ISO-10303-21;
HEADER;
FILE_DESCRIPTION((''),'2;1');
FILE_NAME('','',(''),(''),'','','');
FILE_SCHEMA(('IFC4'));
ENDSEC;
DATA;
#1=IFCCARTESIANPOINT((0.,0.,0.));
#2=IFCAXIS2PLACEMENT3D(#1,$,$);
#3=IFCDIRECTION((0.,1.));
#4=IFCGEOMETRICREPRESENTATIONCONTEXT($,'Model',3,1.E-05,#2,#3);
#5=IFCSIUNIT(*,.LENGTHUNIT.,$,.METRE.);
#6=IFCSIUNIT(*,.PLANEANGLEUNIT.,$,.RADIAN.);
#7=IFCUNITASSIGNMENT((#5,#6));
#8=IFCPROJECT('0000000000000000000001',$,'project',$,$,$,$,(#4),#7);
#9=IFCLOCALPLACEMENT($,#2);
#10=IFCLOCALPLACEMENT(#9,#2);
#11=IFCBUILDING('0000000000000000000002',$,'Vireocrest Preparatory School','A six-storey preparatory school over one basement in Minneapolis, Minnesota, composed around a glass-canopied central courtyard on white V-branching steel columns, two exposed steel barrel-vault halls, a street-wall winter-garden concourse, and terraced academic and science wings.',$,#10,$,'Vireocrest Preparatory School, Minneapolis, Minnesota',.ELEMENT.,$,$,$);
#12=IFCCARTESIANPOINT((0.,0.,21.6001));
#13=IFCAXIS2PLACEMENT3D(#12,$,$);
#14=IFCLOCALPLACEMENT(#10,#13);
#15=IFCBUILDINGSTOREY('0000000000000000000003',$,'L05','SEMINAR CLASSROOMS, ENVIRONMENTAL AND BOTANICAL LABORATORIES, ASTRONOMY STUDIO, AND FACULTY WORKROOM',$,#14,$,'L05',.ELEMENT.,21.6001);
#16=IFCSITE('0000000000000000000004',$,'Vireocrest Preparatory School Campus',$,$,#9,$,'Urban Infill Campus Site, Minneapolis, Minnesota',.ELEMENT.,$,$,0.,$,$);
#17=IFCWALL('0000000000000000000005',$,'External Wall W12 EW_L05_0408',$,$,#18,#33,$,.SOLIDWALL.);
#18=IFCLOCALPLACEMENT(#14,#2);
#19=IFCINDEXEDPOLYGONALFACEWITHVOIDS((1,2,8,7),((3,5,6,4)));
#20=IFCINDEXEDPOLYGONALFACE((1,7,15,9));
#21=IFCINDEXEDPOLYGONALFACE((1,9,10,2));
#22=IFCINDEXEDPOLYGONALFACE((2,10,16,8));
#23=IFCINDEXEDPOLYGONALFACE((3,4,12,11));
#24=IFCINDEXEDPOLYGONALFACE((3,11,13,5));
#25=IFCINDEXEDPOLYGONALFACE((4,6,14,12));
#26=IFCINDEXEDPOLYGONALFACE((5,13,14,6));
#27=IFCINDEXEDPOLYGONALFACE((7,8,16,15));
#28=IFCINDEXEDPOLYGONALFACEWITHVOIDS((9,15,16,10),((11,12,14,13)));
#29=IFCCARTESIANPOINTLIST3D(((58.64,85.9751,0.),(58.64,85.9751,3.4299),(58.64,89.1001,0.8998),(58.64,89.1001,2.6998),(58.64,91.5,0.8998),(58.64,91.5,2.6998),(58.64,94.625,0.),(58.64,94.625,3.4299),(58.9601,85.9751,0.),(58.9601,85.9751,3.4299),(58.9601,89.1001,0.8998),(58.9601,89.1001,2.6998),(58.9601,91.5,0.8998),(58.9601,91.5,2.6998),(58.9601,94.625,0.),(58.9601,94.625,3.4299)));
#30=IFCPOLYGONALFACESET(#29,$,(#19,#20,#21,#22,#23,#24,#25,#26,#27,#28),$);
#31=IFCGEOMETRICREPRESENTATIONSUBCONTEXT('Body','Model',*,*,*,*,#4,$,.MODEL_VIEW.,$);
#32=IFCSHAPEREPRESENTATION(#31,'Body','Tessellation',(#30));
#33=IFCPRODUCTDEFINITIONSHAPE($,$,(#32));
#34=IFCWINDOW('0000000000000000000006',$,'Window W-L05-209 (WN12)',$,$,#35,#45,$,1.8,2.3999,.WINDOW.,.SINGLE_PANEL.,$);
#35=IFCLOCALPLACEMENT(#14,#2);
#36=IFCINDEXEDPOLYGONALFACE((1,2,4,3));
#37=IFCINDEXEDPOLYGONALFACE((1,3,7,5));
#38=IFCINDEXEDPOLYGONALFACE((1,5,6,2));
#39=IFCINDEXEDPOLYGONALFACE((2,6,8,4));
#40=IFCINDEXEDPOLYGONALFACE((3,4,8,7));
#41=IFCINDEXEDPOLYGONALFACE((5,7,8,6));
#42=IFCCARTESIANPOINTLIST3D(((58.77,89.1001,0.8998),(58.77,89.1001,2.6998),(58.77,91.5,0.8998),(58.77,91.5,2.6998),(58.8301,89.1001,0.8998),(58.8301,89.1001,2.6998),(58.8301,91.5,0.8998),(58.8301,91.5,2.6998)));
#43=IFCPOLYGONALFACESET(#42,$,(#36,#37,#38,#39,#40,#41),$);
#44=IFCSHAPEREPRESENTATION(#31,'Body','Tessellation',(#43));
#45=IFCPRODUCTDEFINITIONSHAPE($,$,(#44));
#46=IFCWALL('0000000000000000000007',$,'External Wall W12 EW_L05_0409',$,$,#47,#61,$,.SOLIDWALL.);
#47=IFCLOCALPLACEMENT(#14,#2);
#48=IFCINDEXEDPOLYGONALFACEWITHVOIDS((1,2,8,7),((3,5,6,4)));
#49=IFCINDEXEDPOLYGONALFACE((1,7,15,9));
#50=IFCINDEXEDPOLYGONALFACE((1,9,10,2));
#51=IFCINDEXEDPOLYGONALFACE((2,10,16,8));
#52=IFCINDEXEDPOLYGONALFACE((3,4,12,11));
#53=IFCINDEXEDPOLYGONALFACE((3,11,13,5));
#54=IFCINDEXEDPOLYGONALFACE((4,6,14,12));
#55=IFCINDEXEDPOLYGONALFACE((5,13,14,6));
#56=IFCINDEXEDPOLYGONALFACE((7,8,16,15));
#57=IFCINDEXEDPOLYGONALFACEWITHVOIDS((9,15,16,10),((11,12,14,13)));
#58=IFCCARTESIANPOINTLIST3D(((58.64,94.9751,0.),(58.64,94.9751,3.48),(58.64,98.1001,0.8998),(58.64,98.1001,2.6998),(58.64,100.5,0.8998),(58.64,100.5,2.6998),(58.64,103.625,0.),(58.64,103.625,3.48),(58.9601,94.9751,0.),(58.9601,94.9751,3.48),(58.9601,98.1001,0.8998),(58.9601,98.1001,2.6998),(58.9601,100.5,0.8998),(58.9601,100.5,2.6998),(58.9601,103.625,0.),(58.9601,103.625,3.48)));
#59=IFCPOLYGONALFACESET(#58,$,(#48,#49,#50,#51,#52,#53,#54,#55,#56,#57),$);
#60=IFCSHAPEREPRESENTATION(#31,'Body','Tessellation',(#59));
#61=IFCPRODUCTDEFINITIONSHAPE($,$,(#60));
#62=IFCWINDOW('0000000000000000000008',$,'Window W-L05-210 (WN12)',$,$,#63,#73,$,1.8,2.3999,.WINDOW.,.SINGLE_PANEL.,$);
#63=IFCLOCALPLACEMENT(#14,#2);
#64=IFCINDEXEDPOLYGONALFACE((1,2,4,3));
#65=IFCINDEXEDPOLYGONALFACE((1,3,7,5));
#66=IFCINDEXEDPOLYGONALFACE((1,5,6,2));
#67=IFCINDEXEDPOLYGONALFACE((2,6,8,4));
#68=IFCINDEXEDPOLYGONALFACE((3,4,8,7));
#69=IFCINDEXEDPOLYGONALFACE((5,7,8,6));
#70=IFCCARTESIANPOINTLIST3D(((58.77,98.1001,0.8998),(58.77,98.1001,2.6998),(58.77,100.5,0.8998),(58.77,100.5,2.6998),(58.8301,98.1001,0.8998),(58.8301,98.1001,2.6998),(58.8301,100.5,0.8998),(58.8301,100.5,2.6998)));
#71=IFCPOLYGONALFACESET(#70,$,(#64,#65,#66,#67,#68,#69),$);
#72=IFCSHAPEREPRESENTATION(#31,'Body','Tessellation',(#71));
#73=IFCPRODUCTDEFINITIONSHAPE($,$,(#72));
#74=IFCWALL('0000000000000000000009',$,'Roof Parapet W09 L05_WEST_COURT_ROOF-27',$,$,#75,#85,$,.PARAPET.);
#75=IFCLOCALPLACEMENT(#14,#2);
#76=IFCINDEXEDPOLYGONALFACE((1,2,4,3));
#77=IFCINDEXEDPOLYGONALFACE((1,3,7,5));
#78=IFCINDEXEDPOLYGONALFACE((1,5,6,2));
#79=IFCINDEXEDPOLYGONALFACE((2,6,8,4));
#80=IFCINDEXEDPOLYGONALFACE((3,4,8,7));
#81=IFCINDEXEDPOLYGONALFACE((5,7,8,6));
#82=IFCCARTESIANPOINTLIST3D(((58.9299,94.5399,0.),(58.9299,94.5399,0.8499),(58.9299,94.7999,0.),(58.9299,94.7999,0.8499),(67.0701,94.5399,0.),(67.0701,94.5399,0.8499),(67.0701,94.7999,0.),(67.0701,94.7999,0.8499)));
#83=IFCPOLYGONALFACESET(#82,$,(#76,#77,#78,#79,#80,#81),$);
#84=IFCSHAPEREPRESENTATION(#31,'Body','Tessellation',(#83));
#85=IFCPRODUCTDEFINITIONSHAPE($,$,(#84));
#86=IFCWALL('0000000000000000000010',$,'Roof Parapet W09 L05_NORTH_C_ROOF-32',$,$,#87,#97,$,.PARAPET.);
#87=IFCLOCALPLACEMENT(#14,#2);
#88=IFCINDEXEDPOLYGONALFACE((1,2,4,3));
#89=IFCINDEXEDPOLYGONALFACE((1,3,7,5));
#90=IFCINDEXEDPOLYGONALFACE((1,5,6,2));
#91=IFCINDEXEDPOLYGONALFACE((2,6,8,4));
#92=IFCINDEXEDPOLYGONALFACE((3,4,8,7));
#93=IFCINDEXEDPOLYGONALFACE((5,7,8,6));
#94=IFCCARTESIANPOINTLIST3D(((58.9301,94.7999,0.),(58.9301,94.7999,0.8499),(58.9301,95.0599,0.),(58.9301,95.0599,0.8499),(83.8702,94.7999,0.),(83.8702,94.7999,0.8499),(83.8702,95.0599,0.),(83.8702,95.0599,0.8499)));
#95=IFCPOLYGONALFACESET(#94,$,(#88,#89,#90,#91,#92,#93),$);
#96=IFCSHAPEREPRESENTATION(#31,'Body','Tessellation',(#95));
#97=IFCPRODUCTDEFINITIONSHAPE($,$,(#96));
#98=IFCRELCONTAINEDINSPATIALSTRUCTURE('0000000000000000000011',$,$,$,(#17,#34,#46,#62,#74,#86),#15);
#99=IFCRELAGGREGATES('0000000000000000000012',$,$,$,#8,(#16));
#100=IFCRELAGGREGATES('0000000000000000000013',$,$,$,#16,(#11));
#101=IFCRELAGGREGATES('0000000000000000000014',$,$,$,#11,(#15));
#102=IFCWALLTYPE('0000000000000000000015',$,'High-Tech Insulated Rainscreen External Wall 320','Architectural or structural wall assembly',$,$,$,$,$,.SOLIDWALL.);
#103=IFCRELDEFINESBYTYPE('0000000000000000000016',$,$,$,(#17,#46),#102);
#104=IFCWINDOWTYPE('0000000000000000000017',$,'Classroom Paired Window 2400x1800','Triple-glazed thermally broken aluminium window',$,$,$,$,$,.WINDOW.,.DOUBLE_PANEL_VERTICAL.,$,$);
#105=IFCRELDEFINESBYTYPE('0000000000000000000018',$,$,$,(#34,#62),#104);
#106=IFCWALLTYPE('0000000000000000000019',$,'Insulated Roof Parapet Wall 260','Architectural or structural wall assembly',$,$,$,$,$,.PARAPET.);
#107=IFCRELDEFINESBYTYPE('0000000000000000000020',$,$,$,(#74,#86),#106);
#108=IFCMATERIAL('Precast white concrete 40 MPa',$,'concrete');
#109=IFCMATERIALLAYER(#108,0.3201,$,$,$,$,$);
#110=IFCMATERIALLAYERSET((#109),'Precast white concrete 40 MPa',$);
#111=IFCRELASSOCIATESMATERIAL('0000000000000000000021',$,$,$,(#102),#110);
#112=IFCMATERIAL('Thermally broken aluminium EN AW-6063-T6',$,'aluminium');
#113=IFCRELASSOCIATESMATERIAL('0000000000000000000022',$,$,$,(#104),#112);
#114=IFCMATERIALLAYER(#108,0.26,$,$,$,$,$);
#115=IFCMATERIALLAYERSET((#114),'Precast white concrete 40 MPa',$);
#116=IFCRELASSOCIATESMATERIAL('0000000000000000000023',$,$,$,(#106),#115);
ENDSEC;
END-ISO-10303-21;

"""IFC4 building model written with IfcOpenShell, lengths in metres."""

from ifc_helpers import new_model, si_unit, direction, frame, frame_2d, origin, place, context, subcontext, project, spatial, rectangle, extrude, material, layer, layer_set, type_object, element, fill, save


model = new_model("IFC4")

# Units and contexts
model_context = context("Model", 3, precision=1e-05, world=origin(), true_north=direction((0.0, 1.0)))
body_context = subcontext(model_context, "Body", "Model", "MODEL_VIEW")
ifc_project = project(units=[si_unit("LENGTHUNIT", "METRE"), si_unit("PLANEANGLEUNIT", "RADIAN")], contexts=[model_context])

# Site, building, storey
site_placement = place(None, origin())
site = spatial("IfcSite", under=ifc_project, at=site_placement, Name="Vireocrest Preparatory School Campus", LongName="Urban Infill Campus Site, Minneapolis, Minnesota", CompositionType="ELEMENT", RefElevation=0.0)
building_placement = place(site_placement, origin())
building = spatial("IfcBuilding", under=site, at=building_placement, Name="Vireocrest Preparatory School", Description="A six-storey preparatory school over one basement in Minneapolis, Minnesota, composed around a glass-canopied central courtyard on white V-branching steel columns, two exposed steel barrel-vault halls, a street-wall winter-garden concourse, and terraced academic and science wings.", LongName="Vireocrest Preparatory School, Minneapolis, Minnesota", CompositionType="ELEMENT")
storey_placement = place(building_placement, frame((0.0, 0.0, 21.6001)))
storey = spatial("IfcBuildingStorey", under=building, at=storey_placement, Name="L05", Description="SEMINAR CLASSROOMS, ENVIRONMENTAL AND BOTANICAL LABORATORIES, ASTRONOMY STUDIO, AND FACULTY WORKROOM", LongName="L05", CompositionType="ELEMENT", Elevation=21.6001)

# Walls, openings, windows
ifc_material_1 = material(Name="Precast white concrete 40 MPa", Category="concrete")
ifc_layer_1 = layer(ifc_material_1, 0.3201)
ifc_layer_set_1 = layer_set([ifc_layer_1], Name="Precast white concrete 40 MPa")
wall_type_1 = type_object("IfcWallType", Name="High-Tech Insulated Rainscreen External Wall 320", Description="Architectural or structural wall assembly", PredefinedType="SOLIDWALL", material=ifc_layer_set_1)
ifc_material_2 = material(Name="Thermally broken aluminium EN AW-6063-T6", Category="aluminium")
window_type = type_object("IfcWindowType", Name="Classroom Paired Window 2400x1800", Description="Triple-glazed thermally broken aluminium window", PartitioningType="DOUBLE_PANEL_VERTICAL", PredefinedType="WINDOW", material=ifc_material_2)
wall_1_placement = place(storey_placement, frame((58.8, 85.9751, 0.0), z_axis=(0.0, 0.0, 1.0), x_axis=(0.0, 1.0, 0.0)))
wall_1 = element("IfcWall", 1, at=wall_1_placement, inside=storey, type_object=wall_type_1, Name="External Wall W12 EW_L05_0408", PredefinedType="SOLIDWALL", context=body_context, shape_type="SweptSolid", body=[
    extrude(rectangle(XDim=8.6499, YDim=0.3201, at=frame_2d((4.325, 0.0))), origin(), (0.0, 0.0, 1.0), 3.4299),
])
opening_1_placement = place(wall_1_placement, frame((3.125, 0.0, 0.8999)))
opening_1 = element("IfcOpeningElement", 2, at=opening_1_placement, cuts=wall_1, PredefinedType="OPENING", context=body_context, shape_type="SweptSolid", body=[
    extrude(rectangle(XDim=2.3999, YDim=1.8, at=frame_2d((1.2, 0.8999))), frame((0.0, 0.1699, 0.0), z_axis=(0.0, -1.0, 0.0), x_axis=(1.0, 0.0, 0.0)), (0.0, 0.0, 1.0), 0.3401),
])
window_1_placement = place(opening_1_placement, origin())
window_1 = element("IfcWindow", 3, at=window_1_placement, inside=storey, type_object=window_type, Name="Window W-L05-209 (WN12)", OverallHeight=1.8, OverallWidth=2.3999, PartitioningType="SINGLE_PANEL", PredefinedType="WINDOW", context=body_context, shape_type="SweptSolid", body=[
    extrude(rectangle(XDim=2.3999, YDim=1.8, at=frame_2d((1.2, 0.8999))), frame((0.0, 0.03, 0.0), z_axis=(0.0, -1.0, 0.0), x_axis=(1.0, 0.0, 0.0)), (0.0, 0.0, 1.0), 0.0601),
])
fill(opening_1, window_1)
wall_2_placement = place(storey_placement, frame((58.8, 94.9751, 0.0), z_axis=(0.0, 0.0, 1.0), x_axis=(0.0, 1.0, 0.0)))
wall_2 = element("IfcWall", 4, at=wall_2_placement, inside=storey, type_object=wall_type_1, Name="External Wall W12 EW_L05_0409", PredefinedType="SOLIDWALL", context=body_context, shape_type="SweptSolid", body=[
    extrude(rectangle(XDim=8.6499, YDim=0.3201, at=frame_2d((4.325, 0.0))), origin(), (0.0, 0.0, 1.0), 3.48),
])
opening_2_placement = place(wall_2_placement, frame((3.125, 0.0, 0.8999)))
opening_2 = element("IfcOpeningElement", 5, at=opening_2_placement, cuts=wall_2, PredefinedType="OPENING", context=body_context, shape_type="SweptSolid", body=[
    extrude(rectangle(XDim=2.3999, YDim=1.8, at=frame_2d((1.2, 0.8999))), frame((0.0, 0.1699, 0.0), z_axis=(0.0, -1.0, 0.0), x_axis=(1.0, 0.0, 0.0)), (0.0, 0.0, 1.0), 0.3401),
])
window_2_placement = place(opening_2_placement, origin())
window_2 = element("IfcWindow", 6, at=window_2_placement, inside=storey, type_object=window_type, Name="Window W-L05-210 (WN12)", OverallHeight=1.8, OverallWidth=2.3999, PartitioningType="SINGLE_PANEL", PredefinedType="WINDOW", context=body_context, shape_type="SweptSolid", body=[
    extrude(rectangle(XDim=2.3999, YDim=1.8, at=frame_2d((1.2, 0.8999))), frame((0.0, 0.03, 0.0), z_axis=(0.0, -1.0, 0.0), x_axis=(1.0, 0.0, 0.0)), (0.0, 0.0, 1.0), 0.0601),
])
fill(opening_2, window_2)

# Walls
ifc_layer_2 = layer(ifc_material_1, 0.26)
ifc_layer_set_2 = layer_set([ifc_layer_2], Name="Precast white concrete 40 MPa")
wall_type_2 = type_object("IfcWallType", Name="Insulated Roof Parapet Wall 260", Description="Architectural or structural wall assembly", PredefinedType="PARAPET", material=ifc_layer_set_2)
wall_3_placement = place(storey_placement, frame((58.9299, 94.6699, 0.0), z_axis=(0.0, 0.0, 1.0), x_axis=(1.0, 0.0, 0.0)))
element("IfcWall", 7, at=wall_3_placement, inside=storey, type_object=wall_type_2, Name="Roof Parapet W09 L05_WEST_COURT_ROOF-27", PredefinedType="PARAPET", context=body_context, shape_type="SweptSolid", body=[
    extrude(rectangle(XDim=8.1401, YDim=0.26, at=frame_2d((4.0701, 0.0))), origin(), (0.0, 0.0, 1.0), 0.8499),
])
wall_4_placement = place(storey_placement, frame((58.9299, 94.9299, 0.0), z_axis=(0.0, 0.0, 1.0), x_axis=(1.0, 0.0, 0.0)))
element("IfcWall", 8, at=wall_4_placement, inside=storey, type_object=wall_type_2, Name="Roof Parapet W09 L05_NORTH_C_ROOF-32", PredefinedType="PARAPET", context=body_context, shape_type="SweptSolid", body=[
    extrude(rectangle(XDim=24.9402, YDim=0.26, at=frame_2d((12.4702, 0.0))), origin(), (0.0, 0.0, 1.0), 0.8499),
])

save(model, "model.ifc")
